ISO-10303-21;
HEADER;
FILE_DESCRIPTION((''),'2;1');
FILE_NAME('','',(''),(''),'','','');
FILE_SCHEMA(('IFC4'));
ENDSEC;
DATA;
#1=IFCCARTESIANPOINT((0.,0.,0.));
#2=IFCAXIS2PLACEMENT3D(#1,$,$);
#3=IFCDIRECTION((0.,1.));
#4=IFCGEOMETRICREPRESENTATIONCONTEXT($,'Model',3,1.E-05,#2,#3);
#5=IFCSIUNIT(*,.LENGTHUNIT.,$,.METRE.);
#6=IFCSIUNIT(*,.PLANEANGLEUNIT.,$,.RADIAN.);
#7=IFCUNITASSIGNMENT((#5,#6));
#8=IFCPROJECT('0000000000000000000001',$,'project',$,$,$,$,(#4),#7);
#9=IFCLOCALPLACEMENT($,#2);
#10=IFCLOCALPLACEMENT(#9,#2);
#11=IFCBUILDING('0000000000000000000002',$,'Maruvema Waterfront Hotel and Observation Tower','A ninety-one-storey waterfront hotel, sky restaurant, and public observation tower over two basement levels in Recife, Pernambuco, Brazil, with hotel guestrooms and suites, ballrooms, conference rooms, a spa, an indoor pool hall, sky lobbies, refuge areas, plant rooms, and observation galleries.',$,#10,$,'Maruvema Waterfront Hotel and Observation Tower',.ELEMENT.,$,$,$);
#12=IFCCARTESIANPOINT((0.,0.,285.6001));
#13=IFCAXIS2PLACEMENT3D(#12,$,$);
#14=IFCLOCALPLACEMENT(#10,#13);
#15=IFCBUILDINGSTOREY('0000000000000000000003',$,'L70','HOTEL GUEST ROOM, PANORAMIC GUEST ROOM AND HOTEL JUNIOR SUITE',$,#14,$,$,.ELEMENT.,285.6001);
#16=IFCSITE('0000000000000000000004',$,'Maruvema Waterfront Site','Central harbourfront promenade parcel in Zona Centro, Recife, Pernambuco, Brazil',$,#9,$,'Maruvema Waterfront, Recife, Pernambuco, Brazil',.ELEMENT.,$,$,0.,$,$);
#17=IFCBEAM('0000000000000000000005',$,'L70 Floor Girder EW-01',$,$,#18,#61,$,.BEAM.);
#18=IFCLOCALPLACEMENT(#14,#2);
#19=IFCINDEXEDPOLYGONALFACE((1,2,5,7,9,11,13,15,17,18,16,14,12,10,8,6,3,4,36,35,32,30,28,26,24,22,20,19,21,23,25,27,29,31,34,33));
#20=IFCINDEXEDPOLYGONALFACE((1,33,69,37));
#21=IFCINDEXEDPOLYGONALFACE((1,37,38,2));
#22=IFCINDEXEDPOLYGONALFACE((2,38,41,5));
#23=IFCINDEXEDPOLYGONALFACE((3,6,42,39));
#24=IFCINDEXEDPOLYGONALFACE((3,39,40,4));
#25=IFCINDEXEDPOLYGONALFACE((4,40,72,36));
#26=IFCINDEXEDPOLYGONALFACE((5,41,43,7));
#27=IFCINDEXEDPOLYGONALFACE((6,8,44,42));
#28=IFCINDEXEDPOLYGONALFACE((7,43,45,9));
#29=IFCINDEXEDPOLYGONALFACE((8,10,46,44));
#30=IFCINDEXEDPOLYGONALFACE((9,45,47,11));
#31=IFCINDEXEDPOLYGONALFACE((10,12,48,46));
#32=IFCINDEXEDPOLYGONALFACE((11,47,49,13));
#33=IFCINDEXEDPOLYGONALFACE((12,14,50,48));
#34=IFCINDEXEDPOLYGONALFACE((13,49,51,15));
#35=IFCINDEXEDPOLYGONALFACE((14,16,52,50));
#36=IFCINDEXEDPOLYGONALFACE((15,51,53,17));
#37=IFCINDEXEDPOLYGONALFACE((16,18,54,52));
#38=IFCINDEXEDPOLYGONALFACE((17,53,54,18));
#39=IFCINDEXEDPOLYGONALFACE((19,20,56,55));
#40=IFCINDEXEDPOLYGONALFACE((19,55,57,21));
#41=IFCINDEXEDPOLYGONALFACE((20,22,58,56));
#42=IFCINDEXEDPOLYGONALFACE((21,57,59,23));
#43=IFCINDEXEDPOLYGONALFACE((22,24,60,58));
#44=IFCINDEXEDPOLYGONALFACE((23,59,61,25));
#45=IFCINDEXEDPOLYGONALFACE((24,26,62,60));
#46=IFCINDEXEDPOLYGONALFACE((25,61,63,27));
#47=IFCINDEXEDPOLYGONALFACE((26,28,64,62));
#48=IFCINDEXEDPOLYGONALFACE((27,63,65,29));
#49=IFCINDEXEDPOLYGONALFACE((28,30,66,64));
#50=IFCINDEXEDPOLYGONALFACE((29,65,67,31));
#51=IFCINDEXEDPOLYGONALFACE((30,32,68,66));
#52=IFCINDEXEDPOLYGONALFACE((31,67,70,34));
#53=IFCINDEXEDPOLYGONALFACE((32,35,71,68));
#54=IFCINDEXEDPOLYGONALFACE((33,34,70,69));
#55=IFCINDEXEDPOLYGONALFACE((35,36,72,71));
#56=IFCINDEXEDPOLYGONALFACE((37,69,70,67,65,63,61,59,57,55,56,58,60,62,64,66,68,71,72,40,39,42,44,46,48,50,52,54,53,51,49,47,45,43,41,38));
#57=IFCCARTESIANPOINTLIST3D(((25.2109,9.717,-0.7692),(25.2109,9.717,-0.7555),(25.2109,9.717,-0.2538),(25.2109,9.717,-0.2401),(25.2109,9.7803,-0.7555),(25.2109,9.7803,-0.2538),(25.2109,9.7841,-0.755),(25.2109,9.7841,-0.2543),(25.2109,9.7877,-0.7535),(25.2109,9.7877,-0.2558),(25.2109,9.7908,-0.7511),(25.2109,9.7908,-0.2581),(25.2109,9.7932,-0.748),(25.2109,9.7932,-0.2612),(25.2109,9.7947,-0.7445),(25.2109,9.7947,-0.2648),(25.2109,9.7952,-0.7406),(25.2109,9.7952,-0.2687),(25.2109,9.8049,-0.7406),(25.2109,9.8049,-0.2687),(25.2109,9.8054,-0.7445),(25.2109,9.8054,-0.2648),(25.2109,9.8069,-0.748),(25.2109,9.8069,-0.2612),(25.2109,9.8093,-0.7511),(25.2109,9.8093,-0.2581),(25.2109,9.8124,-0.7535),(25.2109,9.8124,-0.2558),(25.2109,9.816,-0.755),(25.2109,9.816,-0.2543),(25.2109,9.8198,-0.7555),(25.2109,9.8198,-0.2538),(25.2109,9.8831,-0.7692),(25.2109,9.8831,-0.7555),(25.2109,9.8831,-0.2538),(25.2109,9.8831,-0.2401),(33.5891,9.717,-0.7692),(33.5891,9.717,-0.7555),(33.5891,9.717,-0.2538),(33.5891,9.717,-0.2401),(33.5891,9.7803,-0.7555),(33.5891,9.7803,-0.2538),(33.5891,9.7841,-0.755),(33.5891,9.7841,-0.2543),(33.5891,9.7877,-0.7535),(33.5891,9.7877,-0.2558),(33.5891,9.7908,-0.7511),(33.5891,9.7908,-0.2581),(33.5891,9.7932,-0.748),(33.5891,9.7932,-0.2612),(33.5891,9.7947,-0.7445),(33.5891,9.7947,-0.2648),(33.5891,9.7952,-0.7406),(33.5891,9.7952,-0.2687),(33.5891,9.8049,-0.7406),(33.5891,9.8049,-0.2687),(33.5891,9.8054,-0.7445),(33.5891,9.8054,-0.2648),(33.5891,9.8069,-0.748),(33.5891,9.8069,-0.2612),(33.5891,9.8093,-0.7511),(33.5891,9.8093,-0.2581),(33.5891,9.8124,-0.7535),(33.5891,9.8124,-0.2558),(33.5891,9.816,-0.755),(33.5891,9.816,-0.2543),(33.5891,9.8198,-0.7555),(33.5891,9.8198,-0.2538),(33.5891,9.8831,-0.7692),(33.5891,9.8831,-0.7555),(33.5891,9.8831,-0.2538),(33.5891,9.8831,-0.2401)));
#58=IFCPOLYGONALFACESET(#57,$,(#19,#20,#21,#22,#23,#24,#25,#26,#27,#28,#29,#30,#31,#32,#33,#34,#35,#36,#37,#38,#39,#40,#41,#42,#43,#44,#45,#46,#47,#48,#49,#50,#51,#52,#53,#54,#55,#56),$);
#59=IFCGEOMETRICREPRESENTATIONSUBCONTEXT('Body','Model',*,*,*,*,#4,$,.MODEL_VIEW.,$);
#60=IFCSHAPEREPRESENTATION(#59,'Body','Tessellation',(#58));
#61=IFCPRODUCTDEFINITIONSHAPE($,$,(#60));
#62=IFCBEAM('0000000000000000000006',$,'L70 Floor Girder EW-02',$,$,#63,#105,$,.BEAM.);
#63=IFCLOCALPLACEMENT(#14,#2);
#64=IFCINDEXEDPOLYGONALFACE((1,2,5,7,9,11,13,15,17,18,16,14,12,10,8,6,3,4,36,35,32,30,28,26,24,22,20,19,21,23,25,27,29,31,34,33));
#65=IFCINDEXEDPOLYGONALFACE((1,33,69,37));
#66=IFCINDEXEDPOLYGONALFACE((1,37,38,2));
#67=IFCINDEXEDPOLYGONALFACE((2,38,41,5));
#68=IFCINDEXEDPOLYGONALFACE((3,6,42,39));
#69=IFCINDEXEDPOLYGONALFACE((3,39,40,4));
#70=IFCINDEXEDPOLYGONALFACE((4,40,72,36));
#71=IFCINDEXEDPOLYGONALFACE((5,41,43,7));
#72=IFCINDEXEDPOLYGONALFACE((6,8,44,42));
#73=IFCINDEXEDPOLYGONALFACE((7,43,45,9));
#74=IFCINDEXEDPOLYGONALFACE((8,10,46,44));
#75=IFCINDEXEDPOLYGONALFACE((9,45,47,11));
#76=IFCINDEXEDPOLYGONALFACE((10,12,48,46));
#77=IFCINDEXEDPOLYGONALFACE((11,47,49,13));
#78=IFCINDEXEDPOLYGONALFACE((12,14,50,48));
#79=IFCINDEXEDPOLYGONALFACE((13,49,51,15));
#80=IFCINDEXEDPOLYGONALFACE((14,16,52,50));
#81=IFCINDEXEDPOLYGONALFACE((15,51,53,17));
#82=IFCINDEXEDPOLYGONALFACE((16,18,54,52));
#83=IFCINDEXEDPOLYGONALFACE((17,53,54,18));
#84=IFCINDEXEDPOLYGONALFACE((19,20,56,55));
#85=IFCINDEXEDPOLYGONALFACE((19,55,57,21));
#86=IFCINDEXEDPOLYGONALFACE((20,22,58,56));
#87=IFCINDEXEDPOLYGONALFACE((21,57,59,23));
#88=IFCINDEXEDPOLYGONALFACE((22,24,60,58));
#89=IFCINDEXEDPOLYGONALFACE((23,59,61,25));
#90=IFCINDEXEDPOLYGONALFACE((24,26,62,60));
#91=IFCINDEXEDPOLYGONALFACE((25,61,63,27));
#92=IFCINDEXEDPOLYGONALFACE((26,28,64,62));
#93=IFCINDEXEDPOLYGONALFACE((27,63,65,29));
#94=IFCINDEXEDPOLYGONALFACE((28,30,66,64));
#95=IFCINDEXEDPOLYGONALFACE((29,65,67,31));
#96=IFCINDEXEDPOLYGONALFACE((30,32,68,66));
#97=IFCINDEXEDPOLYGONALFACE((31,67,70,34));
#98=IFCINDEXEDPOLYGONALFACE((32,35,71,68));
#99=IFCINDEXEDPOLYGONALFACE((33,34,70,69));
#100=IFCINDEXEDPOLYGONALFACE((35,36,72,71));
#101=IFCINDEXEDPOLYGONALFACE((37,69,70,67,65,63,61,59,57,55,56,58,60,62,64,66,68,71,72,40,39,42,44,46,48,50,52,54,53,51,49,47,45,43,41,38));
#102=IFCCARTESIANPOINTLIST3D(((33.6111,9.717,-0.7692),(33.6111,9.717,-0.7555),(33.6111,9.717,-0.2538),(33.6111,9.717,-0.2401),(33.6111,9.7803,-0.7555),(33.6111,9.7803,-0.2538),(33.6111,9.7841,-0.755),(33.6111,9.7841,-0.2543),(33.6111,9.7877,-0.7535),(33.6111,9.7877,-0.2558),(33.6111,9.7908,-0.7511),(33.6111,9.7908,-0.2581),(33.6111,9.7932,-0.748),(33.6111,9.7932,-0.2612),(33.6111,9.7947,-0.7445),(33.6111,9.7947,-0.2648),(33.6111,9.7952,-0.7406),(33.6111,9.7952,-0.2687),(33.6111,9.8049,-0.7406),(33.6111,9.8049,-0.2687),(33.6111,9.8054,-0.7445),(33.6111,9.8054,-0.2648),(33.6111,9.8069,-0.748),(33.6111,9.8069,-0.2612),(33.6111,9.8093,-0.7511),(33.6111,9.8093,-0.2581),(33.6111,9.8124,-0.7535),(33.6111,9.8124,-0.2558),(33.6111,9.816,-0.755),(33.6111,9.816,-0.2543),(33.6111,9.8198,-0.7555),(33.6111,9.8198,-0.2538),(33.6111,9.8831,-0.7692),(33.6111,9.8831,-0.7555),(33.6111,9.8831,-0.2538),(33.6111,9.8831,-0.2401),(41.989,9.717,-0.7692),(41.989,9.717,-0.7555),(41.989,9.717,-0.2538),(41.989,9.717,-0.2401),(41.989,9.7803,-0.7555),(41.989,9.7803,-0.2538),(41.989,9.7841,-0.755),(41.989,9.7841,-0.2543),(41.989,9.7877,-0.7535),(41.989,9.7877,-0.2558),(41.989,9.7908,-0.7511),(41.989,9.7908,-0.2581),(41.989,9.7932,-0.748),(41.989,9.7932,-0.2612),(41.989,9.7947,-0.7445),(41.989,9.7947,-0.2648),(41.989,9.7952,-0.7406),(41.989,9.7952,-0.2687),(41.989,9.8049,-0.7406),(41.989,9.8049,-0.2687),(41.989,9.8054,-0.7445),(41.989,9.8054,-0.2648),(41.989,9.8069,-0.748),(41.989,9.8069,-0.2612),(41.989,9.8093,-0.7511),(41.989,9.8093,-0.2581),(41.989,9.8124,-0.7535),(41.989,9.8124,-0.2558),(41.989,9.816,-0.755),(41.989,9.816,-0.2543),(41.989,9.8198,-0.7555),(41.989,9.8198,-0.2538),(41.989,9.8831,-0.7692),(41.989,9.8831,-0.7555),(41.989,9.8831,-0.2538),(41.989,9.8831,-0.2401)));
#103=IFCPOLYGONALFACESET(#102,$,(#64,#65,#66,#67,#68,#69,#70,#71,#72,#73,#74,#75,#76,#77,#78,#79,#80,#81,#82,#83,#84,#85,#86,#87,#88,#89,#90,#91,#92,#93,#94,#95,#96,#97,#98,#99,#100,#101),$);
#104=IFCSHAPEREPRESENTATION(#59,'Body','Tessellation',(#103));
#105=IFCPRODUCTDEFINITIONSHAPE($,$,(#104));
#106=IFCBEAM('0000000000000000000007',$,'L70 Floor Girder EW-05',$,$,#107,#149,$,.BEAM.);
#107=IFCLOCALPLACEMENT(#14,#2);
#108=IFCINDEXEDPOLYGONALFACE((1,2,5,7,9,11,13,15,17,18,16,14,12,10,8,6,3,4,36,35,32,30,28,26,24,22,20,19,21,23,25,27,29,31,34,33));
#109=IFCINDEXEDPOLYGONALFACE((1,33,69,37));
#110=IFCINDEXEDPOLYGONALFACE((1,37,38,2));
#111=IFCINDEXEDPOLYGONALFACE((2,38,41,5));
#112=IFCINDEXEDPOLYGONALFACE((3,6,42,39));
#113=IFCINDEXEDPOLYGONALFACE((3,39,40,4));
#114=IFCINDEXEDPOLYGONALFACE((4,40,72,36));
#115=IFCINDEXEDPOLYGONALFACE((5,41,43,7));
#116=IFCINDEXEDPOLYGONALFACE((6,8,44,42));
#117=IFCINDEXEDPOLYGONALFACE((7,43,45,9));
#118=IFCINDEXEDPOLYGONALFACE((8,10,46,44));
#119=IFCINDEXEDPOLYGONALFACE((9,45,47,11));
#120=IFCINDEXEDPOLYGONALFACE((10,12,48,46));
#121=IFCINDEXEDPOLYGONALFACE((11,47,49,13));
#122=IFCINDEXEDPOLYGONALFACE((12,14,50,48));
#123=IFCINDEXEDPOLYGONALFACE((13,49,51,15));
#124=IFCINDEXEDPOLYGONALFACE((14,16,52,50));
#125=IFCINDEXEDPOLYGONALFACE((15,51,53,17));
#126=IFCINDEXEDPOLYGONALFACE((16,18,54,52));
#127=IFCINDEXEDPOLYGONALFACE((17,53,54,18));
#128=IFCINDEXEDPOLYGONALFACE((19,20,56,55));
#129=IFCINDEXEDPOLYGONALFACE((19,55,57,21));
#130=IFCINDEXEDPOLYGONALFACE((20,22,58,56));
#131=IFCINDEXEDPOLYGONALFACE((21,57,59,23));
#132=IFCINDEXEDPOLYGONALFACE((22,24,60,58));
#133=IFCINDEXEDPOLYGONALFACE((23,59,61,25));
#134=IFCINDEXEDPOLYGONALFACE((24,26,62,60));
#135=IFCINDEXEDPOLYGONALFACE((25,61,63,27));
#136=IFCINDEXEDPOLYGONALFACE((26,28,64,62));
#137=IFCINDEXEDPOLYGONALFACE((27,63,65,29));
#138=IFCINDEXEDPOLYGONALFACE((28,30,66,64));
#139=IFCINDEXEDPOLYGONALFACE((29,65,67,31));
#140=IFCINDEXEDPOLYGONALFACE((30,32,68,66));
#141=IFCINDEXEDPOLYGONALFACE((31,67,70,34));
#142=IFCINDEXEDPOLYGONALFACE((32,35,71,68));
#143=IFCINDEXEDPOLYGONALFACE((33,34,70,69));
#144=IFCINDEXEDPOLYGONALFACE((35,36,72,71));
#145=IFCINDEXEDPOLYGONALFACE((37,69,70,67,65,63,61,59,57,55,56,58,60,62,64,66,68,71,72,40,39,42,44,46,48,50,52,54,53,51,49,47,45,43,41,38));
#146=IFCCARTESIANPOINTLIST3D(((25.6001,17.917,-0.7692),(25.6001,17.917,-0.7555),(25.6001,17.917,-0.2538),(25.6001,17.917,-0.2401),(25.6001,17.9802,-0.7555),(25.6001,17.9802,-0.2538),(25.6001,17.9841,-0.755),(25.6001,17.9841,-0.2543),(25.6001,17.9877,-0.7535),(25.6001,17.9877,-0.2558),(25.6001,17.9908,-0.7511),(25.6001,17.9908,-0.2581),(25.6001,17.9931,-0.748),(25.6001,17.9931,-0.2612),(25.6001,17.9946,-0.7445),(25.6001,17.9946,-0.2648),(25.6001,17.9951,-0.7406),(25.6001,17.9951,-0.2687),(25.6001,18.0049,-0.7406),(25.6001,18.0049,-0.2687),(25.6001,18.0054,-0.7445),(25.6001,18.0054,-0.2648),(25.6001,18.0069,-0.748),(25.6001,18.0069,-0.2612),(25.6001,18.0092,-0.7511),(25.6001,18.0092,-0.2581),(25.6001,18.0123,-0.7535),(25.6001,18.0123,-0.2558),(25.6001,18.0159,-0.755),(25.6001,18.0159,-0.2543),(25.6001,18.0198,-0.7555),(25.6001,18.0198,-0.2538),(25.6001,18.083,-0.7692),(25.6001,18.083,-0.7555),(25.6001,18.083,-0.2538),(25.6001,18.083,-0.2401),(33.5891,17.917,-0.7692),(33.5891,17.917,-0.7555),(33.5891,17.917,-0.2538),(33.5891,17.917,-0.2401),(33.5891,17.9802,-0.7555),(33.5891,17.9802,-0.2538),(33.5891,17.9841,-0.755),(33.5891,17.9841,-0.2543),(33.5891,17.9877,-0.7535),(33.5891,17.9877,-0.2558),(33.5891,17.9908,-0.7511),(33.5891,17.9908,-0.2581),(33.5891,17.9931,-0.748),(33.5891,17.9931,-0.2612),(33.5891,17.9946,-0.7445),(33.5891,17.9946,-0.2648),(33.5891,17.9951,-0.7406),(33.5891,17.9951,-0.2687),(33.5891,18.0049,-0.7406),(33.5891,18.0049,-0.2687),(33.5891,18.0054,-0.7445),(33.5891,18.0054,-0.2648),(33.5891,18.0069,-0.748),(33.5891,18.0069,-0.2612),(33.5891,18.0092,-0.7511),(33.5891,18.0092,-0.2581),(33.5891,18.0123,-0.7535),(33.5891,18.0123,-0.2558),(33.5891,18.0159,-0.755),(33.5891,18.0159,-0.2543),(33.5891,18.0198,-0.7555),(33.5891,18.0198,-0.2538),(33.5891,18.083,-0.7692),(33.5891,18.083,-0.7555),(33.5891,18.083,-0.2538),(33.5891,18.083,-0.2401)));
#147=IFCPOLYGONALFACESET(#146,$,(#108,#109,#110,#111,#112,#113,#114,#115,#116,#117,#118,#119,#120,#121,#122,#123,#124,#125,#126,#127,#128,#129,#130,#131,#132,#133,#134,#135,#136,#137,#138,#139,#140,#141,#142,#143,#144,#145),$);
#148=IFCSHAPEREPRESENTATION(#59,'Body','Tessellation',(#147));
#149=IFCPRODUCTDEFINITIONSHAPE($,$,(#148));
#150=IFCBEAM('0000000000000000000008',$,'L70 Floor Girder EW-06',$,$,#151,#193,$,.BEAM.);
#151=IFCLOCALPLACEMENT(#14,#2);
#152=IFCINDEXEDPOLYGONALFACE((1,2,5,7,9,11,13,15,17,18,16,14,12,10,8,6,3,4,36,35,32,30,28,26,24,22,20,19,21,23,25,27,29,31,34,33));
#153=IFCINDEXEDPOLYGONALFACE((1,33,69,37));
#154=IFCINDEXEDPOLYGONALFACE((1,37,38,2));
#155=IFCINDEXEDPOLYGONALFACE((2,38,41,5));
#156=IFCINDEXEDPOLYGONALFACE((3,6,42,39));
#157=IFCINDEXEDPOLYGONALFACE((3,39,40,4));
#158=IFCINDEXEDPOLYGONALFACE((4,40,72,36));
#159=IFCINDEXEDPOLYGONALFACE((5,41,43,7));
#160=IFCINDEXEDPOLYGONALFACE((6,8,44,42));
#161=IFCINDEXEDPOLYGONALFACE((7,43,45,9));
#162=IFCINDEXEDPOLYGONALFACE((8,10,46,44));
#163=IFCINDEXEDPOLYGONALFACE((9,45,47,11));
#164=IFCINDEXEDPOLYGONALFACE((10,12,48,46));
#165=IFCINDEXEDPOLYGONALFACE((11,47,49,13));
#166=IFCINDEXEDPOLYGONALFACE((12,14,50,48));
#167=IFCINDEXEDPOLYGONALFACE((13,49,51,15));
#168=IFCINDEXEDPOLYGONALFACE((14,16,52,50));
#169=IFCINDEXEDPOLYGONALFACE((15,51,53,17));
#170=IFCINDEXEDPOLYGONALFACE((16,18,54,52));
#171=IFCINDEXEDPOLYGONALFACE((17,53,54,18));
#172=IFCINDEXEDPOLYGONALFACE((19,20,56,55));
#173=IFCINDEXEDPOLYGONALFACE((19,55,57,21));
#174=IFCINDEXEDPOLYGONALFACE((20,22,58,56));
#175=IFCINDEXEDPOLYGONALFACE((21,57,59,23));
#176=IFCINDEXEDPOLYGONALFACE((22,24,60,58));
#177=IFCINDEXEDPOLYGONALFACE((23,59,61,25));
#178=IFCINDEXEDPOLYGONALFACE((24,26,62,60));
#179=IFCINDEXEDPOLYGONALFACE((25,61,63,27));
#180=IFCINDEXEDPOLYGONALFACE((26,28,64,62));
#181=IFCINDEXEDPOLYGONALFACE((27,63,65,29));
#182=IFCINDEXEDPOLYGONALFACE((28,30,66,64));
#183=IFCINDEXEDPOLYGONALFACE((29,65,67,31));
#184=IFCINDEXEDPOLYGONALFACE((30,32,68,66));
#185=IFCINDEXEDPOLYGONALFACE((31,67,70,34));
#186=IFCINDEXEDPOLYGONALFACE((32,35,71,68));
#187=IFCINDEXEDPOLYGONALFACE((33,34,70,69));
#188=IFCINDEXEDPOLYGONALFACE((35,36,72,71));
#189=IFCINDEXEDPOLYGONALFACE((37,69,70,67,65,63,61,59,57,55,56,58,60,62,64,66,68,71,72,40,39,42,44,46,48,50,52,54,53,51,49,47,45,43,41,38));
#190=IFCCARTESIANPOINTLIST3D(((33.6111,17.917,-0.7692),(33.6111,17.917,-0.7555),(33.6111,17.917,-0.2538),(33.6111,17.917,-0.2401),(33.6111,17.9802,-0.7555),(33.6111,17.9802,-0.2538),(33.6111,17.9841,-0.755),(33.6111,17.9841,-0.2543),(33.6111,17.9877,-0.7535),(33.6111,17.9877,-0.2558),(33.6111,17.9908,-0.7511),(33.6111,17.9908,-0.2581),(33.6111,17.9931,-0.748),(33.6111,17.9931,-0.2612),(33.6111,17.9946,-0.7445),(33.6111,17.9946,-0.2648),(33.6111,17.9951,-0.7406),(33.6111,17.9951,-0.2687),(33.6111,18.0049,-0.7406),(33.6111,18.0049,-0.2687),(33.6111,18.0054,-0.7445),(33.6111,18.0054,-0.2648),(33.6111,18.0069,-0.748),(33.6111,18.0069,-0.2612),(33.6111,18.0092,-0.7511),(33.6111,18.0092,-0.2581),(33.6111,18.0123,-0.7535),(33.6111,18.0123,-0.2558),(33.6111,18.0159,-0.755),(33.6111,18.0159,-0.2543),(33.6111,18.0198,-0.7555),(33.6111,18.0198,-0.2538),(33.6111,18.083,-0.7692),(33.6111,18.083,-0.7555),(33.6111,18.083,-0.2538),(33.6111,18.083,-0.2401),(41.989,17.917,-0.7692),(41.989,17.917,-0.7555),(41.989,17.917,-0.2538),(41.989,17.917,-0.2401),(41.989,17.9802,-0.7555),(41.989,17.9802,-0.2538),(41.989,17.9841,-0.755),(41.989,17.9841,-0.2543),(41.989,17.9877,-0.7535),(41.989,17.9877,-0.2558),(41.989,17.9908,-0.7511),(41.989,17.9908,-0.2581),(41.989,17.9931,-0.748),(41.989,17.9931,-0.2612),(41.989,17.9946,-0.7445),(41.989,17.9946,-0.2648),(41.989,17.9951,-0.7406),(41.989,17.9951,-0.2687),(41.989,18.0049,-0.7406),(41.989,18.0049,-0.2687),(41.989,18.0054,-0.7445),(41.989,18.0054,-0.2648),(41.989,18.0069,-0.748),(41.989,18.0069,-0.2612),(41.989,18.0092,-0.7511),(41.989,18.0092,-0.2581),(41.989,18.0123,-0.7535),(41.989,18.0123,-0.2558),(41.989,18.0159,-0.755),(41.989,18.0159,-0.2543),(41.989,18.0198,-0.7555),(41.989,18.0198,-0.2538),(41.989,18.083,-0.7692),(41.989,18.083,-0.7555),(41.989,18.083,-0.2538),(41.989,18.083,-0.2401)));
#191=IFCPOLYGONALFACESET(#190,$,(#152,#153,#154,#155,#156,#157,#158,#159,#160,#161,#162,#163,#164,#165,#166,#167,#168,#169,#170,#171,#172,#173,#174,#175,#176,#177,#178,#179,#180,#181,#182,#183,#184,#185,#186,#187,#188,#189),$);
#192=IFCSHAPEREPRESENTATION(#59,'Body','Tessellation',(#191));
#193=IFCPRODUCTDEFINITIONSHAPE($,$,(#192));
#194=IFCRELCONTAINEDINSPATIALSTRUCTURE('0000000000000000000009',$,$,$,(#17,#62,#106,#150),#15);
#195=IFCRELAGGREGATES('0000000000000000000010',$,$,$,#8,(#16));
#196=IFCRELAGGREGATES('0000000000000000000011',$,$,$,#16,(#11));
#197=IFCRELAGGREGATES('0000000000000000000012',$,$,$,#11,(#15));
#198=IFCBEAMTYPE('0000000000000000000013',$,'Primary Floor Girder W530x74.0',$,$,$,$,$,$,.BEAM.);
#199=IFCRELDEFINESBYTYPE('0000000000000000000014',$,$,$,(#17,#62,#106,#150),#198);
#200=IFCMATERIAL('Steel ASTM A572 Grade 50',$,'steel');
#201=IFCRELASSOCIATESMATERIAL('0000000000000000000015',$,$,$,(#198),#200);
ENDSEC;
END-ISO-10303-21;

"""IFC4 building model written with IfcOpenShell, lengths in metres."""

from ifc_helpers import new_model, si_unit, direction, frame, origin, origin_2d, place, context, subcontext, project, spatial, i_section, extrude, material, material_profile, profile_set, type_object, element, save


model = new_model("IFC4")

# Units and contexts
model_context = context("Model", 3, precision=1e-05, world=origin(), true_north=direction((0.0, 1.0)))
body_context = subcontext(model_context, "Body", "Model", "MODEL_VIEW")
ifc_project = project(units=[si_unit("LENGTHUNIT", "METRE"), si_unit("PLANEANGLEUNIT", "RADIAN")], contexts=[model_context])

# Site, building, storey
site_placement = place(None, origin())
site = spatial("IfcSite", under=ifc_project, at=site_placement, Name="Maruvema Waterfront Site", Description="Central harbourfront promenade parcel in Zona Centro, Recife, Pernambuco, Brazil", LongName="Maruvema Waterfront, Recife, Pernambuco, Brazil", CompositionType="ELEMENT", RefElevation=0.0)
building_placement = place(site_placement, origin())
building = spatial("IfcBuilding", under=site, at=building_placement, Name="Maruvema Waterfront Hotel and Observation Tower", Description="A ninety-one-storey waterfront hotel, sky restaurant, and public observation tower over two basement levels in Recife, Pernambuco, Brazil, with hotel guestrooms and suites, ballrooms, conference rooms, a spa, an indoor pool hall, sky lobbies, refuge areas, plant rooms, and observation galleries.", LongName="Maruvema Waterfront Hotel and Observation Tower", CompositionType="ELEMENT")
storey_placement = place(building_placement, frame((0.0, 0.0, 285.6001)))
storey = spatial("IfcBuildingStorey", under=building, at=storey_placement, Name="L70", Description="HOTEL GUEST ROOM, PANORAMIC GUEST ROOM AND HOTEL JUNIOR SUITE", CompositionType="ELEMENT", Elevation=285.6001)

# Beams
ifc_material_1 = material(Name="Steel ASTM A572 Grade 50", Category="steel")
ifc_material_profile_1 = material_profile(ifc_material_1, i_section(OverallWidth=0.166, OverallDepth=0.5291, WebThickness=0.0098, FlangeThickness=0.0137, FilletRadius=0.0149, at=origin_2d()), Name="W530x74.0")
ifc_profile_set_1 = profile_set([ifc_material_profile_1], Name="Steel ASTM A572 Grade 50")
beam_type_1 = type_object("IfcBeamType", Name="Primary Floor Girder W530x74.0", PredefinedType="BEAM", material=ifc_profile_set_1)
beam_1_placement = place(storey_placement, frame((25.2109, 9.8, -0.5046), z_axis=(1.0, 0.0, 0.0), x_axis=(0.0, 1.0, 0.0)))
element("IfcBeam", 1, at=beam_1_placement, inside=storey, type_object=beam_type_1, Name="L70 Floor Girder EW-01", PredefinedType="BEAM", context=body_context, shape_type="SweptSolid", body=[
    extrude(i_section(OverallWidth=0.166, OverallDepth=0.5291, WebThickness=0.0098, FlangeThickness=0.0137, FilletRadius=0.0149, at=origin_2d()), origin(), (0.0, 0.0, 1.0), 8.3782),
])
beam_2_placement = place(storey_placement, frame((33.6111, 9.8, -0.5046), z_axis=(1.0, 0.0, 0.0), x_axis=(0.0, 1.0, 0.0)))
element("IfcBeam", 2, at=beam_2_placement, inside=storey, type_object=beam_type_1, Name="L70 Floor Girder EW-02", PredefinedType="BEAM", context=body_context, shape_type="SweptSolid", body=[
    extrude(i_section(OverallWidth=0.166, OverallDepth=0.5291, WebThickness=0.0098, FlangeThickness=0.0137, FilletRadius=0.0149, at=origin_2d()), origin(), (0.0, 0.0, 1.0), 8.3779),
])
beam_3_placement = place(storey_placement, frame((25.6001, 18.0, -0.5046), z_axis=(1.0, 0.0, 0.0), x_axis=(0.0, 1.0, 0.0)))
element("IfcBeam", 3, at=beam_3_placement, inside=storey, type_object=beam_type_1, Name="L70 Floor Girder EW-05", PredefinedType="BEAM", context=body_context, shape_type="SweptSolid", body=[
    extrude(i_section(OverallWidth=0.166, OverallDepth=0.5291, WebThickness=0.0098, FlangeThickness=0.0137, FilletRadius=0.0149, at=origin_2d()), origin(), (0.0, 0.0, 1.0), 7.989),
])
beam_4_placement = place(storey_placement, frame((33.6111, 18.0, -0.5046), z_axis=(1.0, 0.0, 0.0), x_axis=(0.0, 1.0, 0.0)))
element("IfcBeam", 4, at=beam_4_placement, inside=storey, type_object=beam_type_1, Name="L70 Floor Girder EW-06", PredefinedType="BEAM", context=body_context, shape_type="SweptSolid", body=[
    extrude(i_section(OverallWidth=0.166, OverallDepth=0.5291, WebThickness=0.0098, FlangeThickness=0.0137, FilletRadius=0.0149, at=origin_2d()), origin(), (0.0, 0.0, 1.0), 8.3779),
])

save(model, "model.ifc")
